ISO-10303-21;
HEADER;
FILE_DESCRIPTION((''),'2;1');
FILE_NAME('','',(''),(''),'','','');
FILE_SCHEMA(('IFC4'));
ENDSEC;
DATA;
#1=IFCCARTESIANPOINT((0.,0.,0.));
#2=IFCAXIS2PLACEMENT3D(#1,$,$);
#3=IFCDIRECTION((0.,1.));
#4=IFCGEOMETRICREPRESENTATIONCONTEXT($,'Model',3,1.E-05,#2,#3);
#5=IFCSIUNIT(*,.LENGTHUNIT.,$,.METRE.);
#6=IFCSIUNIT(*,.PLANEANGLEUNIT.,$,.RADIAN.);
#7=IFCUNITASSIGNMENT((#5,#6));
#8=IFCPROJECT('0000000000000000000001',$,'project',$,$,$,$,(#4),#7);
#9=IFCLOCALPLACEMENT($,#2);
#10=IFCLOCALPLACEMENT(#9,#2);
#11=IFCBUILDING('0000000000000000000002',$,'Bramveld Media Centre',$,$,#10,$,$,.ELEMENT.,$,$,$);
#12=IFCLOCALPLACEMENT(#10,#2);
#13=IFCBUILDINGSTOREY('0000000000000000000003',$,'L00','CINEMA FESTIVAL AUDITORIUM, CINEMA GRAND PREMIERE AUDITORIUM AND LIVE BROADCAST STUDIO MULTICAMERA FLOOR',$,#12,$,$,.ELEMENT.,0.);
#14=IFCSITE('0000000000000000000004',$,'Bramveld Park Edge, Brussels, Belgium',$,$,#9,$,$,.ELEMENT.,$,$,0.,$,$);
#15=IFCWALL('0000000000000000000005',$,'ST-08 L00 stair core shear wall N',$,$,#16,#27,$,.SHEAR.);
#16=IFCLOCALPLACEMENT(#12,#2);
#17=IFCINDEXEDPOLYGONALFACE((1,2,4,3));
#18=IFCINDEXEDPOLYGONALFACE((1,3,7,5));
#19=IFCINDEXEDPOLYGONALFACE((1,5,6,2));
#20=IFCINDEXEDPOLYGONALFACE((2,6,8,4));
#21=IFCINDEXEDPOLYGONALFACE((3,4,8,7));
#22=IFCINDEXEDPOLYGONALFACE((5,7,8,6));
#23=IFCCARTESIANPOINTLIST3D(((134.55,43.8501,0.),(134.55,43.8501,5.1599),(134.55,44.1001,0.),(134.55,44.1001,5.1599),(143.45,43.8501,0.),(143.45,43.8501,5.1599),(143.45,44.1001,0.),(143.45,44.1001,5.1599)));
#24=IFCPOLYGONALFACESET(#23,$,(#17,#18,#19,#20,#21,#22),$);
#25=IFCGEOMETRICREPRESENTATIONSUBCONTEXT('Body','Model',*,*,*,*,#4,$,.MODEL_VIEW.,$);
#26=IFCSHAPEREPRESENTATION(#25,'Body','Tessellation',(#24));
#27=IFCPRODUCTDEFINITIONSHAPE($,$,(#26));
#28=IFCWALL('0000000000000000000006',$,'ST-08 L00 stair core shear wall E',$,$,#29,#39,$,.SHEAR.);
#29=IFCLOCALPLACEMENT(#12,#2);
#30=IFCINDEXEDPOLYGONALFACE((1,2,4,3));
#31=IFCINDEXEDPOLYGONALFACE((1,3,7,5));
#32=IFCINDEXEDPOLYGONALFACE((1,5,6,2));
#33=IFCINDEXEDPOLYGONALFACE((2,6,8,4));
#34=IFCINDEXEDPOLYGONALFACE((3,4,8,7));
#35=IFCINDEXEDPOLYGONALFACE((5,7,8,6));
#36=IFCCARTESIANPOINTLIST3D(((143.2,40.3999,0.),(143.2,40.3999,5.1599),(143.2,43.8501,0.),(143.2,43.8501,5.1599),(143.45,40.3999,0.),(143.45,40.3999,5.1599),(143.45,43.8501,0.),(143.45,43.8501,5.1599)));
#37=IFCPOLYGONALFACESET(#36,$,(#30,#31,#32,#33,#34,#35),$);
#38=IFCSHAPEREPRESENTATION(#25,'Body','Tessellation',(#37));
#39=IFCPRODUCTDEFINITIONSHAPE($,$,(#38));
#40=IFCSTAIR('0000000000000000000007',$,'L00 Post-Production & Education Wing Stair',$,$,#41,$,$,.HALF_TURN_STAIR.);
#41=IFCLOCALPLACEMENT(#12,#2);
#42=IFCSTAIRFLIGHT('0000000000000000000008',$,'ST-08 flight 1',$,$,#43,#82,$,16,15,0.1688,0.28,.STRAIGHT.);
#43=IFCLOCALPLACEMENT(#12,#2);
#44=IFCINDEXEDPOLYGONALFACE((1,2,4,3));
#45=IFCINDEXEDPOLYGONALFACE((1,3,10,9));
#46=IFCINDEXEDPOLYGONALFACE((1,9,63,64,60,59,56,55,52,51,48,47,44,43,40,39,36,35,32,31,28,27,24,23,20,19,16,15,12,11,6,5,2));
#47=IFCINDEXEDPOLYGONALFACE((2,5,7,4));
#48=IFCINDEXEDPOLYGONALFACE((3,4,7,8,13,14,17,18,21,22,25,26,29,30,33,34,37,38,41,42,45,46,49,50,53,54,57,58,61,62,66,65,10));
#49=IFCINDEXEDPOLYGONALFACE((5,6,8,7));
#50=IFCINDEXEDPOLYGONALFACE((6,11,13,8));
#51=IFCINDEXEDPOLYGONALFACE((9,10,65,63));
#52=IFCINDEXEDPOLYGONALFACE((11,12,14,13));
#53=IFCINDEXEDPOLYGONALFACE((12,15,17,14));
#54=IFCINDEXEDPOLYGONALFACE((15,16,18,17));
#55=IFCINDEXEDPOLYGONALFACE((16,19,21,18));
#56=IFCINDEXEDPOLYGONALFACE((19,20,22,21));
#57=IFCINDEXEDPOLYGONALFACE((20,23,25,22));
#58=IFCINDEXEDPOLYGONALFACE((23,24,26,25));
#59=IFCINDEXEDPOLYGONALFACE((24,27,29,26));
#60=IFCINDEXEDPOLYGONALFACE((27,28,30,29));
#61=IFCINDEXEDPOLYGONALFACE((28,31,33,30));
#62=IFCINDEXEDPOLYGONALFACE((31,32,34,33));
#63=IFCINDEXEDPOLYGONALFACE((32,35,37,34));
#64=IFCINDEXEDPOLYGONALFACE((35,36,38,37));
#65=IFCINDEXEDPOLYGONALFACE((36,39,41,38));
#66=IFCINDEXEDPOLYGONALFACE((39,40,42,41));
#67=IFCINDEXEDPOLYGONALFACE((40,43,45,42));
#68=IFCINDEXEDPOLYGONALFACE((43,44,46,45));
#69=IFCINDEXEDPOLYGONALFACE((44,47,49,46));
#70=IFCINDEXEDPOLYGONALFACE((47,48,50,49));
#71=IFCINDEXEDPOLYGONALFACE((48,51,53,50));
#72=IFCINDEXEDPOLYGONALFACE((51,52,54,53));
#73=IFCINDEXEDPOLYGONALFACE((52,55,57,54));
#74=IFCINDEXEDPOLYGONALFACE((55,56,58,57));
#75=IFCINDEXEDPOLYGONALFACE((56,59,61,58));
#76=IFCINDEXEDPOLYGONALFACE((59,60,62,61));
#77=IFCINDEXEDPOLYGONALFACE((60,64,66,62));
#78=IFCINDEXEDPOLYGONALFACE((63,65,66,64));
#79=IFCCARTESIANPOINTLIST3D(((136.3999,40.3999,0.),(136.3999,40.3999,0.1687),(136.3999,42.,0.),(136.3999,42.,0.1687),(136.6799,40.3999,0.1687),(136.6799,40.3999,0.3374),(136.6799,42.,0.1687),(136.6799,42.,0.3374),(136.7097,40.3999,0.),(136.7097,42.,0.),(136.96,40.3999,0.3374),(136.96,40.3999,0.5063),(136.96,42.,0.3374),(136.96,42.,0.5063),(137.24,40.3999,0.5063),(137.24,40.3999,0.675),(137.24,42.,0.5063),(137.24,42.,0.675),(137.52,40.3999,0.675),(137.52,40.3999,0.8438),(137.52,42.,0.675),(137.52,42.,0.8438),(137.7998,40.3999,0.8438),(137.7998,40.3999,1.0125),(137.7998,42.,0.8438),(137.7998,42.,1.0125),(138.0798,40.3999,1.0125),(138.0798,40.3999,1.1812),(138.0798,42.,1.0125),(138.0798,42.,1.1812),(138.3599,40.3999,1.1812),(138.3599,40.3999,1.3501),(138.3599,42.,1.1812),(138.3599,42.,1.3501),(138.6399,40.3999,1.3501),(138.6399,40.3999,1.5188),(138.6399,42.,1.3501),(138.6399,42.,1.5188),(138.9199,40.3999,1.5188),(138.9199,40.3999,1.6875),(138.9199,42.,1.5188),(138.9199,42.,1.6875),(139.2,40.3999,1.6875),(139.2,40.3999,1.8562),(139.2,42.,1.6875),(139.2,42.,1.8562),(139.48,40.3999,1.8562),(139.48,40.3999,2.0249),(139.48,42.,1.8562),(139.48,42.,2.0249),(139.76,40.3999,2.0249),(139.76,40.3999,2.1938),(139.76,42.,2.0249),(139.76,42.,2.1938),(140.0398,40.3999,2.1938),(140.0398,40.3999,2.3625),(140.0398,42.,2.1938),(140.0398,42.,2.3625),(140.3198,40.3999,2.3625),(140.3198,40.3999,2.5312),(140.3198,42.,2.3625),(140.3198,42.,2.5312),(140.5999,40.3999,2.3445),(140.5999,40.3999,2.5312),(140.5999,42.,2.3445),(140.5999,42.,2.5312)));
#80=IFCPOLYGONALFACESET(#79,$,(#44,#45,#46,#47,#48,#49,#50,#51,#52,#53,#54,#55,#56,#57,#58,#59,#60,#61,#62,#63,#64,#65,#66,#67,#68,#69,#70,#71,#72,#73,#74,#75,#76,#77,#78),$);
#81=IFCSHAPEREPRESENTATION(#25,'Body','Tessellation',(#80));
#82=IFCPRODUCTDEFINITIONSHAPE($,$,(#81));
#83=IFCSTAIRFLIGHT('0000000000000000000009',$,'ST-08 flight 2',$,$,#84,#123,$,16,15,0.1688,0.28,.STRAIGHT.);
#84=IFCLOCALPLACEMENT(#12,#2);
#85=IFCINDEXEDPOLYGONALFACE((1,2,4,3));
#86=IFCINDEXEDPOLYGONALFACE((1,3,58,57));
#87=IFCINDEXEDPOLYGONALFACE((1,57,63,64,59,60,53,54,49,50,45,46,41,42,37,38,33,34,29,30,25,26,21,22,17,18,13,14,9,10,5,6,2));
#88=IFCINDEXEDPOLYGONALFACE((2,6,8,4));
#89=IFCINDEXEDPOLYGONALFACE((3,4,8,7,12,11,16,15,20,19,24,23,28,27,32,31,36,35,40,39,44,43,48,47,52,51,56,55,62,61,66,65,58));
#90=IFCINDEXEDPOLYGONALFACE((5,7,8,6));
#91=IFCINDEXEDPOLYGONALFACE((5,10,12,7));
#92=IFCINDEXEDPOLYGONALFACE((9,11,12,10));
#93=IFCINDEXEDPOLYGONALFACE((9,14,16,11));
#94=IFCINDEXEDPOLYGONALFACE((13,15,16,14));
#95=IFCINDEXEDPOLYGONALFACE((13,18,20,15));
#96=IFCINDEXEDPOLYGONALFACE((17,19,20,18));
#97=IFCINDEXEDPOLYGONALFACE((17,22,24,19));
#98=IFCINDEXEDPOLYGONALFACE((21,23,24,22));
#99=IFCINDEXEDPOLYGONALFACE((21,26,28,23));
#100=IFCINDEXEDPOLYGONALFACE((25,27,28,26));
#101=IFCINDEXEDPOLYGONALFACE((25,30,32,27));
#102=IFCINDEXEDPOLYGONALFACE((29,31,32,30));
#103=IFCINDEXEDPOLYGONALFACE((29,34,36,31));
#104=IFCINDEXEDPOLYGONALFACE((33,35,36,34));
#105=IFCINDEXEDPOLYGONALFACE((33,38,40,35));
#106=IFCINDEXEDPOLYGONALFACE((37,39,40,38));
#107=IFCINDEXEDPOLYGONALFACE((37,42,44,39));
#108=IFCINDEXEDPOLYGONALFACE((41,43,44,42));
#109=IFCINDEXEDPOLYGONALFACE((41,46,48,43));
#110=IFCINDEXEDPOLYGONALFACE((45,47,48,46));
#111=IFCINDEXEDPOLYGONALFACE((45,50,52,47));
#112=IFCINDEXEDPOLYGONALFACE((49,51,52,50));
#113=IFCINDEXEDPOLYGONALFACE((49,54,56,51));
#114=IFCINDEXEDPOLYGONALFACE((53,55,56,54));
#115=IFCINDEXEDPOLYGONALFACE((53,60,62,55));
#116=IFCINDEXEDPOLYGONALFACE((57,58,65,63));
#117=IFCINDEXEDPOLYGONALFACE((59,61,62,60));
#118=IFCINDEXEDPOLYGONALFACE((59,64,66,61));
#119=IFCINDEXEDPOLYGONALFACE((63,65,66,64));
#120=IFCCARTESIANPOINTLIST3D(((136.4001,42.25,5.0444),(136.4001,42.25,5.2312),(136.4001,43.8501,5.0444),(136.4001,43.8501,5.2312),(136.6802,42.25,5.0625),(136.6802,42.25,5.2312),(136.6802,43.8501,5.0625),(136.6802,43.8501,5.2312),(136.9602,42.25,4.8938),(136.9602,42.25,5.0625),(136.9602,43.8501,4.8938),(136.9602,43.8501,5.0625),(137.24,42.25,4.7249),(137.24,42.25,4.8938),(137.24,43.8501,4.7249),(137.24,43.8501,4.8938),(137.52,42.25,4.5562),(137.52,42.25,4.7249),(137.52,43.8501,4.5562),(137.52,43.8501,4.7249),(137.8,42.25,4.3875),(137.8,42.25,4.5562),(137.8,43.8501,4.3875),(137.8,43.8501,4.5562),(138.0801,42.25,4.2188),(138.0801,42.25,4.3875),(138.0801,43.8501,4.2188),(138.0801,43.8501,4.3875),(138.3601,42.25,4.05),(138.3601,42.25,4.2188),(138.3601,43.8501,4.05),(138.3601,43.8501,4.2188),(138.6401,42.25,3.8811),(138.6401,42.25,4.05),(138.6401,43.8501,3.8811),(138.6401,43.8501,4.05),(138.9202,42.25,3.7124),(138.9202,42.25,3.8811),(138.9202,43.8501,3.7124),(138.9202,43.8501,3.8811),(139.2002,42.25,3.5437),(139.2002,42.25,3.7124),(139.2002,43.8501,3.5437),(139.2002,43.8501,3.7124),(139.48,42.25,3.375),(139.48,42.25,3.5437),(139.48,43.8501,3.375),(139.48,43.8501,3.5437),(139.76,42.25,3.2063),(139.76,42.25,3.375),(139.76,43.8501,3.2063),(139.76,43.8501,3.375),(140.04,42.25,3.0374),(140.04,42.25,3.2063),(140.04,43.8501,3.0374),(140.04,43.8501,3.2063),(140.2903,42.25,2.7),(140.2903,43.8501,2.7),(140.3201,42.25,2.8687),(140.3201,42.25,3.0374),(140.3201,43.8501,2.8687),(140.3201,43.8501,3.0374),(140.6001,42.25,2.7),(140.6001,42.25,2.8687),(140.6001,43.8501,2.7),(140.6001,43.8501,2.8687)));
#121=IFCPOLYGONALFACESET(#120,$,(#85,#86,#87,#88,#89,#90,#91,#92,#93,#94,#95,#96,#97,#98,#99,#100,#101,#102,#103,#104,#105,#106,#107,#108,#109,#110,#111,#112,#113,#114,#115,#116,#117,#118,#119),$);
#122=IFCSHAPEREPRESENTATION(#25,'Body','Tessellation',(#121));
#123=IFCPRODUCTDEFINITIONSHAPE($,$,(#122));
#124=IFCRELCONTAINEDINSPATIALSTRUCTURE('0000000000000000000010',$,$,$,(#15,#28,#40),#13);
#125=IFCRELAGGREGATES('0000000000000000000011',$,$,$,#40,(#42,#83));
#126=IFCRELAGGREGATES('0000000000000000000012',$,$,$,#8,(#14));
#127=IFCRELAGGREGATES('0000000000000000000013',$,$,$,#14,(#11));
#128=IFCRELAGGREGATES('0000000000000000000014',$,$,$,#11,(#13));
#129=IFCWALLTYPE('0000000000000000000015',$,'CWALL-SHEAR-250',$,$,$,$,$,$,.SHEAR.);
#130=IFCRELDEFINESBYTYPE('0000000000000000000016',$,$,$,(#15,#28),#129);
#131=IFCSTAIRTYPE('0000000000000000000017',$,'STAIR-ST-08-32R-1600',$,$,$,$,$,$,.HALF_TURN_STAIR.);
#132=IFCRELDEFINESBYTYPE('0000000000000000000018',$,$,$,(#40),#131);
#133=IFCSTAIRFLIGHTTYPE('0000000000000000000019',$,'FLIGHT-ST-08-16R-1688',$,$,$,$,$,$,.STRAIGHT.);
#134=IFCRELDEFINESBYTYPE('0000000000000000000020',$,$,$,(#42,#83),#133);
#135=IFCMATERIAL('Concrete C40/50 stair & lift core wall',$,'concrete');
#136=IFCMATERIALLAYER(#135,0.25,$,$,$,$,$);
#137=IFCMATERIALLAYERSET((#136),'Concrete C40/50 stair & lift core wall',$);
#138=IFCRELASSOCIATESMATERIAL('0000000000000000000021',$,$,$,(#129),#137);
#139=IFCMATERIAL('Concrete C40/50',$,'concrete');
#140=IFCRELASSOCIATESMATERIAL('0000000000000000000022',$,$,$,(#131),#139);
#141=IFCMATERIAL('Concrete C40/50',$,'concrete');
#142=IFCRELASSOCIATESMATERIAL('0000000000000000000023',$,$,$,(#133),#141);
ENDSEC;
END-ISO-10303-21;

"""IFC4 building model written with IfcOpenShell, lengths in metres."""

from ifc_helpers import new_model, si_unit, direction, frame, frame_2d, origin, place, context, subcontext, project, spatial, polyline, rectangle, outline, extrude, material, layer, layer_set, type_object, element, aggregate, save


model = new_model("IFC4")

# Units and contexts
model_context = context("Model", 3, precision=1e-05, world=origin(), true_north=direction((0.0, 1.0)))
body_context = subcontext(model_context, "Body", "Model", "MODEL_VIEW")
ifc_project = project(units=[si_unit("LENGTHUNIT", "METRE"), si_unit("PLANEANGLEUNIT", "RADIAN")], contexts=[model_context])

# Site, building, storey
site_placement = place(None, origin())
site = spatial("IfcSite", under=ifc_project, at=site_placement, Name="Bramveld Park Edge, Brussels, Belgium", CompositionType="ELEMENT", RefElevation=0.0)
building_placement = place(site_placement, origin())
building = spatial("IfcBuilding", under=site, at=building_placement, Name="Bramveld Media Centre", CompositionType="ELEMENT")
storey_placement = place(building_placement, origin())
storey = spatial("IfcBuildingStorey", under=building, at=storey_placement, Name="L00", Description="CINEMA FESTIVAL AUDITORIUM, CINEMA GRAND PREMIERE AUDITORIUM AND LIVE BROADCAST STUDIO MULTICAMERA FLOOR", CompositionType="ELEMENT", Elevation=0.0)

# Wall
ifc_material_1 = material(Name="Concrete C40/50 stair & lift core wall", Category="concrete")
ifc_layer = layer(ifc_material_1, 0.25)
ifc_layer_set = layer_set([ifc_layer], Name="Concrete C40/50 stair & lift core wall")
wall_type = type_object("IfcWallType", Name="CWALL-SHEAR-250", PredefinedType="SHEAR", material=ifc_layer_set)
wall_1_placement = place(storey_placement, frame((143.45, 43.9751, 0.0), z_axis=(0.0, 0.0, 1.0), x_axis=(-1.0, 0.0, 0.0)))
element("IfcWall", 1, at=wall_1_placement, inside=storey, type_object=wall_type, Name="ST-08 L00 stair core shear wall N", PredefinedType="SHEAR", context=body_context, shape_type="SweptSolid", body=[
    extrude(rectangle(XDim=8.8999, YDim=0.25, at=frame_2d((4.45, 0.0))), origin(), (0.0, 0.0, 1.0), 5.1599),
])

# Wall
wall_2_placement = place(storey_placement, frame((143.325, 40.3999, 0.0), z_axis=(0.0, 0.0, 1.0), x_axis=(0.0, 1.0, 0.0)))
element("IfcWall", 2, at=wall_2_placement, inside=storey, type_object=wall_type, Name="ST-08 L00 stair core shear wall E", PredefinedType="SHEAR", context=body_context, shape_type="SweptSolid", body=[
    extrude(rectangle(XDim=3.4502, YDim=0.25, at=frame_2d((1.7251, 0.0))), origin(), (0.0, 0.0, 1.0), 5.1599),
])

# Stair, stair flights
ifc_material_2 = material(Name="Concrete C40/50", Category="concrete")
stair_type = type_object("IfcStairType", Name="STAIR-ST-08-32R-1600", PredefinedType="HALF_TURN_STAIR", material=ifc_material_2)
stair_placement = place(storey_placement, origin())
stair = element("IfcStair", 3, at=stair_placement, inside=storey, type_object=stair_type, Name="L00 Post-Production & Education Wing Stair", PredefinedType="HALF_TURN_STAIR")
ifc_material_3 = material(Name="Concrete C40/50", Category="concrete")
stair_flight_type = type_object("IfcStairFlightType", Name="FLIGHT-ST-08-16R-1688", PredefinedType="STRAIGHT", material=ifc_material_3)
stair_flight_1_placement = place(storey_placement, frame((136.3999, 41.2, 0.0), z_axis=(0.0, 0.0, 1.0), x_axis=(1.0, 0.0, 0.0)))
stair_flight_1 = element("IfcStairFlight", 4, at=stair_flight_1_placement, type_object=stair_flight_type, Name="ST-08 flight 1", NumberOfRisers=16, NumberOfTreads=15, PredefinedType="STRAIGHT", RiserHeight=0.1688, TreadLength=0.28, context=body_context, shape_type="SweptSolid", body=[
    extrude(outline(polyline([(0.0, 0.0), (0.0, 0.1687), (0.28, 0.1687), (0.28, 0.3374), (0.5601, 0.3374), (0.5601, 0.5063), (0.8401, 0.5063), (0.8401, 0.675), (1.1201, 0.675), (1.1201, 0.8438), (1.3999, 0.8438), (1.3999, 1.0125), (1.6799, 1.0125), (1.6799, 1.1812), (1.96, 1.1812), (1.96, 1.3501), (2.24, 1.3501), (2.24, 1.5188), (2.52, 1.5188), (2.52, 1.6875), (2.8, 1.6875), (2.8, 1.8562), (3.0801, 1.8562), (3.0801, 2.0249), (3.3601, 2.0249), (3.3601, 2.1938), (3.6399, 2.1938), (3.6399, 2.3625), (3.9199, 2.3625), (3.9199, 2.5312), (4.2, 2.5312), (4.2, 2.7), (4.2, 2.3445), (0.3098, 0.0), (0.0, 0.0)])), frame((0.0, 0.8, 0.0), z_axis=(0.0, -1.0, 0.0), x_axis=(1.0, 0.0, 0.0)), (0.0, 0.0, 1.0), 1.6001),
])
stair_flight_2_placement = place(storey_placement, frame((140.6001, 43.05, 2.7), z_axis=(0.0, 0.0, 1.0), x_axis=(-1.0, 0.0, 0.0)))
stair_flight_2 = element("IfcStairFlight", 5, at=stair_flight_2_placement, type_object=stair_flight_type, Name="ST-08 flight 2", NumberOfRisers=16, NumberOfTreads=15, PredefinedType="STRAIGHT", RiserHeight=0.1688, TreadLength=0.28, context=body_context, shape_type="SweptSolid", body=[
    extrude(outline(polyline([(0.0, 0.0), (0.0, 0.1687), (0.28, 0.1687), (0.28, 0.3374), (0.5601, 0.3374), (0.5601, 0.5063), (0.8401, 0.5063), (0.8401, 0.675), (1.1201, 0.675), (1.1201, 0.8438), (1.3999, 0.8438), (1.3999, 1.0125), (1.6799, 1.0125), (1.6799, 1.1812), (1.96, 1.1812), (1.96, 1.3501), (2.24, 1.3501), (2.24, 1.5188), (2.52, 1.5188), (2.52, 1.6875), (2.8, 1.6875), (2.8, 1.8562), (3.0801, 1.8562), (3.0801, 2.0249), (3.3601, 2.0249), (3.3601, 2.1938), (3.6399, 2.1938), (3.6399, 2.3625), (3.9199, 2.3625), (3.9199, 2.5312), (4.2, 2.5312), (4.2, 2.7), (4.2, 2.3445), (0.3098, 0.0), (0.0, 0.0)])), frame((0.0, 0.8, 0.0), z_axis=(0.0, -1.0, 0.0), x_axis=(1.0, 0.0, 0.0)), (0.0, 0.0, 1.0), 1.6001),
])
aggregate(stair, [stair_flight_1, stair_flight_2])

save(model, "model.ifc")
